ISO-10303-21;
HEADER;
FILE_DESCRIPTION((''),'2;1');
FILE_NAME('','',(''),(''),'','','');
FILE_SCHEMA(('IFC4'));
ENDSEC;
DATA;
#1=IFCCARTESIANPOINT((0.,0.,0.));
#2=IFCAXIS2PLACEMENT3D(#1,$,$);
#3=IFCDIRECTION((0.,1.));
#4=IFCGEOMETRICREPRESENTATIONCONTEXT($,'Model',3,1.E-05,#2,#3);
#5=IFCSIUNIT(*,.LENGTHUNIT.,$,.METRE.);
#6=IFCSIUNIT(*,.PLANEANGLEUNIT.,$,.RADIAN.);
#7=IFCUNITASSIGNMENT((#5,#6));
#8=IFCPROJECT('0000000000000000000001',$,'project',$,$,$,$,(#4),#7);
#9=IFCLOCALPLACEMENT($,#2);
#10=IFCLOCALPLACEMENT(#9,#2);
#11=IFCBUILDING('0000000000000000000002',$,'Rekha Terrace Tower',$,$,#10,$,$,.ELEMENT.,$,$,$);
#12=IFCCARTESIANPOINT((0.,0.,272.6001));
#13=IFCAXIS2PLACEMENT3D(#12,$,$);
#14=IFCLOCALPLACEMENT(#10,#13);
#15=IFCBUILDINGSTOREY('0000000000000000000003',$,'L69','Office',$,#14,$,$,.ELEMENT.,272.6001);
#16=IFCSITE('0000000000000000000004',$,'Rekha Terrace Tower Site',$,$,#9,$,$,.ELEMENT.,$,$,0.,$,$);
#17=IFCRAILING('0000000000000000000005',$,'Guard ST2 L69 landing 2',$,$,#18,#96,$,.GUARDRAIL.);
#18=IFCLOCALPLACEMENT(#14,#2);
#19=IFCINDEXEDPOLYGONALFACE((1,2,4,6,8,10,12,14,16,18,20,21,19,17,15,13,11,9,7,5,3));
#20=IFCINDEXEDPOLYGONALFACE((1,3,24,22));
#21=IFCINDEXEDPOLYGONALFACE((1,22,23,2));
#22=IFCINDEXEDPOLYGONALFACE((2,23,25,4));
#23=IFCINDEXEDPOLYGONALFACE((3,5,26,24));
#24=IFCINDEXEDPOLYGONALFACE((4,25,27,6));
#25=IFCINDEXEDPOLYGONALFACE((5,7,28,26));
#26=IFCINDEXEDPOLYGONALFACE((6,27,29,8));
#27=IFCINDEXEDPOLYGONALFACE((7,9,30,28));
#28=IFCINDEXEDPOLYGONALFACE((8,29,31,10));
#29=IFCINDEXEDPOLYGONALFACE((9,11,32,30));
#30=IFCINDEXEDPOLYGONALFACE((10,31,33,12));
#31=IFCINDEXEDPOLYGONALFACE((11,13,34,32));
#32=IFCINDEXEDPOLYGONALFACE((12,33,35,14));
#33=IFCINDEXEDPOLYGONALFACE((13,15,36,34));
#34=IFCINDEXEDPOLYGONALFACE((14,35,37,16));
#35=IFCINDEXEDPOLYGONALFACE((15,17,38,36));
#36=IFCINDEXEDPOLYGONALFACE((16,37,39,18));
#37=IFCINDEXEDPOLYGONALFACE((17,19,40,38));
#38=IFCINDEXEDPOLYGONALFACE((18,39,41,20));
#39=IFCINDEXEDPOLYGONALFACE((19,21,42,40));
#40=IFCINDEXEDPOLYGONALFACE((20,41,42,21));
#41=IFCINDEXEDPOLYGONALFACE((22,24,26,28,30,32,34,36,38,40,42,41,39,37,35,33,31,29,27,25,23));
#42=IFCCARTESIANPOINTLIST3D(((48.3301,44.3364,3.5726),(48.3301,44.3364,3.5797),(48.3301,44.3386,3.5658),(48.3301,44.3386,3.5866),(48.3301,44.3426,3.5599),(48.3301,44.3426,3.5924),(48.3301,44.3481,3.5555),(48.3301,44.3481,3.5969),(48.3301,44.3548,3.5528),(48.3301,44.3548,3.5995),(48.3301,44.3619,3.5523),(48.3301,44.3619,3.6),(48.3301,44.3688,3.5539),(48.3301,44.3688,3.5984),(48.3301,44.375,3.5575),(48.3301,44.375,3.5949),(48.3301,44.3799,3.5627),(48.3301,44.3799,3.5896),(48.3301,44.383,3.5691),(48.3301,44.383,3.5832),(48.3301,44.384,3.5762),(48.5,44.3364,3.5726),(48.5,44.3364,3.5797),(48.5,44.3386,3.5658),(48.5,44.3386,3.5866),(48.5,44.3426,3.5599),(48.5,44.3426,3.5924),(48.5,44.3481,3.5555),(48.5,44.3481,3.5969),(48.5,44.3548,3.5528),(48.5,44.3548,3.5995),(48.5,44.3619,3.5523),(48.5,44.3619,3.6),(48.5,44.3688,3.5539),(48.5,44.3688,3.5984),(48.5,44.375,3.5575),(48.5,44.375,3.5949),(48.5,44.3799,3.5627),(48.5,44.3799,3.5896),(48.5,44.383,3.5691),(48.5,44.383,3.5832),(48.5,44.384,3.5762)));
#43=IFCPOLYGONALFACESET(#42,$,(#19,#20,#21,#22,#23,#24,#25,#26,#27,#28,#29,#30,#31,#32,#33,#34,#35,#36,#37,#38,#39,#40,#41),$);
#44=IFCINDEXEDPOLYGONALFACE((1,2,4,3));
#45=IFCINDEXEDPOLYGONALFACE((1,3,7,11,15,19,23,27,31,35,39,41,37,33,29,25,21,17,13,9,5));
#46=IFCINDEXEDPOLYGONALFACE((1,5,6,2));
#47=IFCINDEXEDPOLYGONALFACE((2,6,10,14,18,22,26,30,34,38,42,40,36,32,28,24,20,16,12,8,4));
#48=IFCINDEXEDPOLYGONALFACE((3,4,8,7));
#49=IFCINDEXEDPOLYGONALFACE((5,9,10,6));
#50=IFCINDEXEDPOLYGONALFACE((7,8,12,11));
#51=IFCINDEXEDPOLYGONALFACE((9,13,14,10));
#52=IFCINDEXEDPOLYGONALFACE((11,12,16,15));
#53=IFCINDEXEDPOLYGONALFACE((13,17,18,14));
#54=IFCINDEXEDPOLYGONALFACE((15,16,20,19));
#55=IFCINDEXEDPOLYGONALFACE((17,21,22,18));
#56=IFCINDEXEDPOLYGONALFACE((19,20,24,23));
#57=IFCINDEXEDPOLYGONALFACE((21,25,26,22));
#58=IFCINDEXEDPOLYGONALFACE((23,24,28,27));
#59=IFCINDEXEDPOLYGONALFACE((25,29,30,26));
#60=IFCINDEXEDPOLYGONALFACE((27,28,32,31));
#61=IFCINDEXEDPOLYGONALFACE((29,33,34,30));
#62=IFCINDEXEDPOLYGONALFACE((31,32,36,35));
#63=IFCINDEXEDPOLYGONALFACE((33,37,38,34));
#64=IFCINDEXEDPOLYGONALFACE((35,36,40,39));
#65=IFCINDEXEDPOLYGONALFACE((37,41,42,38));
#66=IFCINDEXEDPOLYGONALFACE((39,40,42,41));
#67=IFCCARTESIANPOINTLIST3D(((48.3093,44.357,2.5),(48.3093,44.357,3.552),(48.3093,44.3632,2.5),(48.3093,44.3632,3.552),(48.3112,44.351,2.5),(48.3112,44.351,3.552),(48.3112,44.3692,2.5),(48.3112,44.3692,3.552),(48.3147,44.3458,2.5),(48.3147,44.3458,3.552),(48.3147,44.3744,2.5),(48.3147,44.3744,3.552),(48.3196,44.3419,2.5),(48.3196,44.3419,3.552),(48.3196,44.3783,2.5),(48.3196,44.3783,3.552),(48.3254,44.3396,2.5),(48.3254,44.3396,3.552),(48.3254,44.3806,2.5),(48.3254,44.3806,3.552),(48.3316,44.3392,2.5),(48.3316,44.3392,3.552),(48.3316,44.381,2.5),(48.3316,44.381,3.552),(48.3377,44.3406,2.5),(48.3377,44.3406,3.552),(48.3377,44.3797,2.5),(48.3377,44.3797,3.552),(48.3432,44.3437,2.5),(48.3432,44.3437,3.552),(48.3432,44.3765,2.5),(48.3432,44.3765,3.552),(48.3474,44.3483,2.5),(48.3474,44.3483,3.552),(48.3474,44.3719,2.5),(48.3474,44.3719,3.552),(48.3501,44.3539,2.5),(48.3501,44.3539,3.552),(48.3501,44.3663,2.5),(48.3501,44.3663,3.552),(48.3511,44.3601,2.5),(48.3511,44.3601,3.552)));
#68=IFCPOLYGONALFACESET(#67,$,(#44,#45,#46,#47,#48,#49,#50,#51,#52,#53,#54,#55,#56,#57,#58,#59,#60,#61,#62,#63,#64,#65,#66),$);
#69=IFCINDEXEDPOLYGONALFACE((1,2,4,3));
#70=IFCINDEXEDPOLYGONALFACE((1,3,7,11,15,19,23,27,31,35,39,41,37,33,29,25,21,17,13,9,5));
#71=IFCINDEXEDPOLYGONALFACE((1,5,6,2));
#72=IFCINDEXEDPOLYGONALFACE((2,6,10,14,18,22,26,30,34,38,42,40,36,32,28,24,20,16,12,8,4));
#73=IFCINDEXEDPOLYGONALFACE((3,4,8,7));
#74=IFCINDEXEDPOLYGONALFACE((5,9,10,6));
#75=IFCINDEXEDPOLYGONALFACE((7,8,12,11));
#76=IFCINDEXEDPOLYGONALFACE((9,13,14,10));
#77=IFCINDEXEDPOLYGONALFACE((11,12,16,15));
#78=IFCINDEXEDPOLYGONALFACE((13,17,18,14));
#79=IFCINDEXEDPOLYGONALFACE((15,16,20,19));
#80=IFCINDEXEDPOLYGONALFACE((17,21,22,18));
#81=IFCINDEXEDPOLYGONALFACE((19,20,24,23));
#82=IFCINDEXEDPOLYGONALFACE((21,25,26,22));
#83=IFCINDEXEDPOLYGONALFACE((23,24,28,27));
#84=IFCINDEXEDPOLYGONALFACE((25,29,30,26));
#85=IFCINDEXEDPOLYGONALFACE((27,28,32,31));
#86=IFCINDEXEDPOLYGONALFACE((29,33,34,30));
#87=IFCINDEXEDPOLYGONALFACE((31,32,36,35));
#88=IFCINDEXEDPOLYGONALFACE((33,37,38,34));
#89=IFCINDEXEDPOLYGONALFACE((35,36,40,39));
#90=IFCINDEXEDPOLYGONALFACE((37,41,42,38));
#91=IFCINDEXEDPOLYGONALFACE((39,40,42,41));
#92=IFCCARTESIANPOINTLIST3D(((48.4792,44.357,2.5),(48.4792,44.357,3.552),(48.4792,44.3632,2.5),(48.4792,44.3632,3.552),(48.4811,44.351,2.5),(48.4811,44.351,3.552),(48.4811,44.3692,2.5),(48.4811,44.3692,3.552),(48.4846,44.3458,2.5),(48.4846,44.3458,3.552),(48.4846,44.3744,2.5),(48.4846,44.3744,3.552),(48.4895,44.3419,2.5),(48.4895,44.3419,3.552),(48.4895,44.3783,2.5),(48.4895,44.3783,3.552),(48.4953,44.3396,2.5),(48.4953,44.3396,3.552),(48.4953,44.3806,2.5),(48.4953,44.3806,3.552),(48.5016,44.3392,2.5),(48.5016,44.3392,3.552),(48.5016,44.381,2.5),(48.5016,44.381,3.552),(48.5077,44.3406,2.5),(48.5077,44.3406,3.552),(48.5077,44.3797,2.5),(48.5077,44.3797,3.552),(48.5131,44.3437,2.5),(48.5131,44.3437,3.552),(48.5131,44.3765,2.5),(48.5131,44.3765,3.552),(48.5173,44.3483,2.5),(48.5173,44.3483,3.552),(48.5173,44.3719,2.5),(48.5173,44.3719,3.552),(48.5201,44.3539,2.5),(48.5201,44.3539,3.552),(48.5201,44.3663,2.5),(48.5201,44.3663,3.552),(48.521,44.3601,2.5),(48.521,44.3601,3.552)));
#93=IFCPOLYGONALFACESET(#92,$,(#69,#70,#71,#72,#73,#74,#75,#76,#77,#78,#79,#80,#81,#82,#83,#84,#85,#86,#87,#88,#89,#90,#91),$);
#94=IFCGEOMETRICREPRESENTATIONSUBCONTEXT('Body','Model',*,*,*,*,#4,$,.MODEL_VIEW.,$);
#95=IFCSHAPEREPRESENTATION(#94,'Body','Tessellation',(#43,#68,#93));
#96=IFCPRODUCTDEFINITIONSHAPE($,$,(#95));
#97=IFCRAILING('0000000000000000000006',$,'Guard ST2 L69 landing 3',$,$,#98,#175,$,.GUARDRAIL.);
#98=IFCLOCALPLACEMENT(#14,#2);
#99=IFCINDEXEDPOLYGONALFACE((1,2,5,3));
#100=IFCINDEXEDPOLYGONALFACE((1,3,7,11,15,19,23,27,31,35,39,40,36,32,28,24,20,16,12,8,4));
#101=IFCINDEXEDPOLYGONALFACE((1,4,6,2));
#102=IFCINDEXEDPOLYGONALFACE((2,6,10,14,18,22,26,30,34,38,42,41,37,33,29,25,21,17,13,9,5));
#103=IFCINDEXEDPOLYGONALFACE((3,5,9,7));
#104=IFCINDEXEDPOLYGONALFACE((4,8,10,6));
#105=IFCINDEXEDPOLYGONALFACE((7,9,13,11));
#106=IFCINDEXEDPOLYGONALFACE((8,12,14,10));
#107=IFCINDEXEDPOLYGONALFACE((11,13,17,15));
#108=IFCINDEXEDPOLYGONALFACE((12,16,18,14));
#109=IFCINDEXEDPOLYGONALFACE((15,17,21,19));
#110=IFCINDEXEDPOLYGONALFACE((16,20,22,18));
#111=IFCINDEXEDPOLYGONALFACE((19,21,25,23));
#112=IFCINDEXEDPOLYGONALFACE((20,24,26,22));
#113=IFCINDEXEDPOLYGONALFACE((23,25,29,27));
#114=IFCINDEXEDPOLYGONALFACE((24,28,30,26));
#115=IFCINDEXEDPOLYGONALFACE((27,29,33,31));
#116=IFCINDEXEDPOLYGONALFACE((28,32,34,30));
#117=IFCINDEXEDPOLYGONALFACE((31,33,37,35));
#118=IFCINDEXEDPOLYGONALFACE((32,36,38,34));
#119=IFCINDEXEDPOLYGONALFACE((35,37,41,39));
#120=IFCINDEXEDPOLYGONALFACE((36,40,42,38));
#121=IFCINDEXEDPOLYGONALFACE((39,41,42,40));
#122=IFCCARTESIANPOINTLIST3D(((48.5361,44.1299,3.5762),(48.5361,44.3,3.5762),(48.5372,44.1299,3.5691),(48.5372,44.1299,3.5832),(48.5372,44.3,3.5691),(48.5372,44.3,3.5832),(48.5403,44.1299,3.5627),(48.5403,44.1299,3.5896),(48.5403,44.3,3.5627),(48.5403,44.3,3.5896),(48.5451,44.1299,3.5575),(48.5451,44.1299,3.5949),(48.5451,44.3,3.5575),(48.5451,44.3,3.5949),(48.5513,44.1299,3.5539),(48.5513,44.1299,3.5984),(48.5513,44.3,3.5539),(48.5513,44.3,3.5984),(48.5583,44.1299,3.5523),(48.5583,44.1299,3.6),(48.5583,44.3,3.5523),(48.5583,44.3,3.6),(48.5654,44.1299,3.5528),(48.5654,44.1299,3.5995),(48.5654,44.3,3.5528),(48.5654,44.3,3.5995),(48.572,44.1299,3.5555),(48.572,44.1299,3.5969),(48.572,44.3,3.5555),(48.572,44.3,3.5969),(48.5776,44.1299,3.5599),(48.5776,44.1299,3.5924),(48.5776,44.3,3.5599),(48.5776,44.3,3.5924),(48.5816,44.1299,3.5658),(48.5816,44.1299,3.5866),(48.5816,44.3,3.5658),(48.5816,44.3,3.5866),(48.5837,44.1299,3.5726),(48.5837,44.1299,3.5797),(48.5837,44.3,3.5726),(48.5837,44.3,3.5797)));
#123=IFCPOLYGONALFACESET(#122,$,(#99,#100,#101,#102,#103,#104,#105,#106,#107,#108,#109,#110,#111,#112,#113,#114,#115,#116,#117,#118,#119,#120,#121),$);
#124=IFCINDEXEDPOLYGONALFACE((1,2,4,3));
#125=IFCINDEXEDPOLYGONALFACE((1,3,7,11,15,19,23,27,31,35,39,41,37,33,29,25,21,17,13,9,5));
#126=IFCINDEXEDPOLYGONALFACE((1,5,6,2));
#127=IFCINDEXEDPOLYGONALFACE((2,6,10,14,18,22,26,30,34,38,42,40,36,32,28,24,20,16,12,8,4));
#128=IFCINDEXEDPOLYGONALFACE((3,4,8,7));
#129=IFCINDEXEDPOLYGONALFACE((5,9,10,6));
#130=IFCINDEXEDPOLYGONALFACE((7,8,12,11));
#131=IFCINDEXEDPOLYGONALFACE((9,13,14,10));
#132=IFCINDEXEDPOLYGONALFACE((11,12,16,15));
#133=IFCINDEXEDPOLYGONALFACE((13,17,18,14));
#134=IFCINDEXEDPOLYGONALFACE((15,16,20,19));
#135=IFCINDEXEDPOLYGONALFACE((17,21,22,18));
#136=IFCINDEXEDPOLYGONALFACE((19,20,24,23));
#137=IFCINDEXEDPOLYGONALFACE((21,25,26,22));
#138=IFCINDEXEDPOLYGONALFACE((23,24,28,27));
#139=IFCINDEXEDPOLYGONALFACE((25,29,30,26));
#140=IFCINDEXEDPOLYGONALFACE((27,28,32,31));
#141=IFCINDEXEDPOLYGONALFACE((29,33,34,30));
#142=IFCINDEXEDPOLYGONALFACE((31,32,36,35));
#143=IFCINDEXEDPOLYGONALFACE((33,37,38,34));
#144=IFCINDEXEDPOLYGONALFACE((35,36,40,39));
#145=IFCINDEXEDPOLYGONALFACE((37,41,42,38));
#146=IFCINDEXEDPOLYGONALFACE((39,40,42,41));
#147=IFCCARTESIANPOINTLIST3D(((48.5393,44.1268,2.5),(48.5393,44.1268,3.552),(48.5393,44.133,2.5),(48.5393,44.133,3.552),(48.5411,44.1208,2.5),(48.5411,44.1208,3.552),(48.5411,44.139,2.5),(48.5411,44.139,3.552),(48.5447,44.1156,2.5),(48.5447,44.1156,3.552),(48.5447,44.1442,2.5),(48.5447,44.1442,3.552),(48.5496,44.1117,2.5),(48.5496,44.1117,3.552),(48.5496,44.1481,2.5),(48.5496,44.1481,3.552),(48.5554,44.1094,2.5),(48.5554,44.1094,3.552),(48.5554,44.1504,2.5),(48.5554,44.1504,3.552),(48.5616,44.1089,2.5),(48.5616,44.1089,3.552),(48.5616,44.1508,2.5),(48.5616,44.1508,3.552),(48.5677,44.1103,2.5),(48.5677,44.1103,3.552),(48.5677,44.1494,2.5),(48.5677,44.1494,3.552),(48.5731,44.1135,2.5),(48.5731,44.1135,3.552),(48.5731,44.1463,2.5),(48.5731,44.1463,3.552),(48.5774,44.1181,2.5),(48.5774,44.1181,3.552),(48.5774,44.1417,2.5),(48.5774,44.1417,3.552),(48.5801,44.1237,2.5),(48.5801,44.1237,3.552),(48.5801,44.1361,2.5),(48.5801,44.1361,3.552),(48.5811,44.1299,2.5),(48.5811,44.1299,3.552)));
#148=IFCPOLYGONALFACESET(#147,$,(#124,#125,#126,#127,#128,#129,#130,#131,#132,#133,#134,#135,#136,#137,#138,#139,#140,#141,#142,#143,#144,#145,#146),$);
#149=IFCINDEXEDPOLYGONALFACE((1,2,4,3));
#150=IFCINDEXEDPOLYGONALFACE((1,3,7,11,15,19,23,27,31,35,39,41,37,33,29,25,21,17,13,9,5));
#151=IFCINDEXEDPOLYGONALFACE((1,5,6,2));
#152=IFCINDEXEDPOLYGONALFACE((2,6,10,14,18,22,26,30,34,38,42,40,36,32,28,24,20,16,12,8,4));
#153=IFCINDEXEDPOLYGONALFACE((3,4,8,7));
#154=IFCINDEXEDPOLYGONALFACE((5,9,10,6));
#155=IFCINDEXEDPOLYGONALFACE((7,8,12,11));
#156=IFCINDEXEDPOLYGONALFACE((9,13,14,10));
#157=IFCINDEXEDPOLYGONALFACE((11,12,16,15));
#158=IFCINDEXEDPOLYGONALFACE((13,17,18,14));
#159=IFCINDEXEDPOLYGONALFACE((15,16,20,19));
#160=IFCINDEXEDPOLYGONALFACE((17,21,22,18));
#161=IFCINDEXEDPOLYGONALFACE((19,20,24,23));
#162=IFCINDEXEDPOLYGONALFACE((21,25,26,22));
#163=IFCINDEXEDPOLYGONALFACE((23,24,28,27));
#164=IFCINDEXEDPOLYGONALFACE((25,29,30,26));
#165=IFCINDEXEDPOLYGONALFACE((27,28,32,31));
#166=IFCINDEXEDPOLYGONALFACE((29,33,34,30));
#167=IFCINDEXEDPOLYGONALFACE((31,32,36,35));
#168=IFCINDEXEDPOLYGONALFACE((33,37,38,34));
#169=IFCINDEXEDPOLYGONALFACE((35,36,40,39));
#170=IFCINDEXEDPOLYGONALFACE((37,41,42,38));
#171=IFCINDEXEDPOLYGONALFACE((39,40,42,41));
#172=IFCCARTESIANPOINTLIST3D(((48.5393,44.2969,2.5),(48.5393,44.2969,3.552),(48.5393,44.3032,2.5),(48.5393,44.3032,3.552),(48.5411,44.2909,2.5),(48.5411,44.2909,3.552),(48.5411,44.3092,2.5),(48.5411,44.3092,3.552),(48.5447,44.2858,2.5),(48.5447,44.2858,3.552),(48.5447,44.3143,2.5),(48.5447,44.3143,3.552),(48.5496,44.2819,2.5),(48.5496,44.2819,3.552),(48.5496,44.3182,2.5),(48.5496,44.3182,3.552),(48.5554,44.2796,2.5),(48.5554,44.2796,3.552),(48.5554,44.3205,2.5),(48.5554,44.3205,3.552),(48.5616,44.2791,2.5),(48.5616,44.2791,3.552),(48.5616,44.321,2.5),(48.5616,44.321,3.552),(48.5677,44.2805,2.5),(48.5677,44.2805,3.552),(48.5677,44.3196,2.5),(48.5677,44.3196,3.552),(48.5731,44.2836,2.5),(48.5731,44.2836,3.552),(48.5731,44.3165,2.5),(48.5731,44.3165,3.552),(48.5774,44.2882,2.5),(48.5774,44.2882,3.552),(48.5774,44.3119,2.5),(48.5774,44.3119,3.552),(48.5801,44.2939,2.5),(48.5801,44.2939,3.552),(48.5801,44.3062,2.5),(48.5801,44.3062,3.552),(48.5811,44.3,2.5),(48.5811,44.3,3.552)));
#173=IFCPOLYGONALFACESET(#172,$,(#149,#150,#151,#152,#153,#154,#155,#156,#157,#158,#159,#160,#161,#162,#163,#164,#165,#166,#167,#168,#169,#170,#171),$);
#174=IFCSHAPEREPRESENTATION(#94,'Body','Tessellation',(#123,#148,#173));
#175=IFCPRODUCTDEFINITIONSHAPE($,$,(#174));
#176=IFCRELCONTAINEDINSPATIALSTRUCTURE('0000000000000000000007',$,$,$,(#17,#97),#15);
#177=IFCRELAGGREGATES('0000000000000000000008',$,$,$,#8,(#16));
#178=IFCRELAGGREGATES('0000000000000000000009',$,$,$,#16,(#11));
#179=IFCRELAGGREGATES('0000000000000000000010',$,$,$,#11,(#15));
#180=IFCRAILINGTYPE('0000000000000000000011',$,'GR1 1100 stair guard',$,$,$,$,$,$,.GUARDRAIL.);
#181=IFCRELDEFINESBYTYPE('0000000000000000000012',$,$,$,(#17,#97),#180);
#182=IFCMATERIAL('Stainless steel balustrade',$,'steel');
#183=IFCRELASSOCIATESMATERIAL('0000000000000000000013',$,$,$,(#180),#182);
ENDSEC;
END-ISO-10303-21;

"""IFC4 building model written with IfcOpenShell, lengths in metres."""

from ifc_helpers import new_model, si_unit, direction, frame, origin, origin_2d, place, context, subcontext, project, spatial, circle, extrude, material, type_object, element, save


model = new_model("IFC4")

# Units and contexts
model_context = context("Model", 3, precision=1e-05, world=origin(), true_north=direction((0.0, 1.0)))
body_context = subcontext(model_context, "Body", "Model", "MODEL_VIEW")
ifc_project = project(units=[si_unit("LENGTHUNIT", "METRE"), si_unit("PLANEANGLEUNIT", "RADIAN")], contexts=[model_context])

# Site, building, storey
site_placement = place(None, origin())
site = spatial("IfcSite", under=ifc_project, at=site_placement, Name="Rekha Terrace Tower Site", CompositionType="ELEMENT", RefElevation=0.0)
building_placement = place(site_placement, origin())
building = spatial("IfcBuilding", under=site, at=building_placement, Name="Rekha Terrace Tower", CompositionType="ELEMENT")
storey_placement = place(building_placement, frame((0.0, 0.0, 272.6001)))
storey = spatial("IfcBuildingStorey", under=building, at=storey_placement, Name="L69", Description="Office", CompositionType="ELEMENT", Elevation=272.6001)

# Railings
ifc_material_1 = material(Name="Stainless steel balustrade", Category="steel")
railing_type_1 = type_object("IfcRailingType", Name="GR1 1100 stair guard", PredefinedType="GUARDRAIL", material=ifc_material_1)
railing_1_placement = place(storey_placement, frame((48.3301, 44.3601, 2.5)))
element("IfcRailing", 1, at=railing_1_placement, inside=storey, type_object=railing_type_1, Name="Guard ST2 L69 landing 2", PredefinedType="GUARDRAIL", context=body_context, shape_type="SweptSolid", body=[
    extrude(circle(Radius=0.0239, at=origin_2d()), frame((0.0, 0.0, 1.0762), z_axis=(1.0, 0.0, 0.0), x_axis=(0.0, 1.0, 0.0)), (0.0, 0.0, 1.0), 0.1699),
    extrude(circle(Radius=0.021, at=origin_2d()), origin(), (0.0, 0.0, 1.0), 1.052),
    extrude(circle(Radius=0.021, at=origin_2d()), frame((0.1699, 0.0, 0.0)), (0.0, 0.0, 1.0), 1.052),
])
railing_2_placement = place(storey_placement, frame((48.5601, 44.1299, 2.5)))
element("IfcRailing", 2, at=railing_2_placement, inside=storey, type_object=railing_type_1, Name="Guard ST2 L69 landing 3", PredefinedType="GUARDRAIL", context=body_context, shape_type="SweptSolid", body=[
    extrude(circle(Radius=0.0239, at=origin_2d()), frame((0.0, 0.0, 1.0762), z_axis=(0.0, 1.0, 0.0), x_axis=(-1.0, 0.0, 0.0)), (0.0, 0.0, 1.0), 0.1702),
    extrude(circle(Radius=0.021, at=origin_2d()), origin(), (0.0, 0.0, 1.0), 1.052),
    extrude(circle(Radius=0.021, at=origin_2d()), frame((0.0, 0.1702, 0.0)), (0.0, 0.0, 1.0), 1.052),
])

save(model, "model.ifc")
